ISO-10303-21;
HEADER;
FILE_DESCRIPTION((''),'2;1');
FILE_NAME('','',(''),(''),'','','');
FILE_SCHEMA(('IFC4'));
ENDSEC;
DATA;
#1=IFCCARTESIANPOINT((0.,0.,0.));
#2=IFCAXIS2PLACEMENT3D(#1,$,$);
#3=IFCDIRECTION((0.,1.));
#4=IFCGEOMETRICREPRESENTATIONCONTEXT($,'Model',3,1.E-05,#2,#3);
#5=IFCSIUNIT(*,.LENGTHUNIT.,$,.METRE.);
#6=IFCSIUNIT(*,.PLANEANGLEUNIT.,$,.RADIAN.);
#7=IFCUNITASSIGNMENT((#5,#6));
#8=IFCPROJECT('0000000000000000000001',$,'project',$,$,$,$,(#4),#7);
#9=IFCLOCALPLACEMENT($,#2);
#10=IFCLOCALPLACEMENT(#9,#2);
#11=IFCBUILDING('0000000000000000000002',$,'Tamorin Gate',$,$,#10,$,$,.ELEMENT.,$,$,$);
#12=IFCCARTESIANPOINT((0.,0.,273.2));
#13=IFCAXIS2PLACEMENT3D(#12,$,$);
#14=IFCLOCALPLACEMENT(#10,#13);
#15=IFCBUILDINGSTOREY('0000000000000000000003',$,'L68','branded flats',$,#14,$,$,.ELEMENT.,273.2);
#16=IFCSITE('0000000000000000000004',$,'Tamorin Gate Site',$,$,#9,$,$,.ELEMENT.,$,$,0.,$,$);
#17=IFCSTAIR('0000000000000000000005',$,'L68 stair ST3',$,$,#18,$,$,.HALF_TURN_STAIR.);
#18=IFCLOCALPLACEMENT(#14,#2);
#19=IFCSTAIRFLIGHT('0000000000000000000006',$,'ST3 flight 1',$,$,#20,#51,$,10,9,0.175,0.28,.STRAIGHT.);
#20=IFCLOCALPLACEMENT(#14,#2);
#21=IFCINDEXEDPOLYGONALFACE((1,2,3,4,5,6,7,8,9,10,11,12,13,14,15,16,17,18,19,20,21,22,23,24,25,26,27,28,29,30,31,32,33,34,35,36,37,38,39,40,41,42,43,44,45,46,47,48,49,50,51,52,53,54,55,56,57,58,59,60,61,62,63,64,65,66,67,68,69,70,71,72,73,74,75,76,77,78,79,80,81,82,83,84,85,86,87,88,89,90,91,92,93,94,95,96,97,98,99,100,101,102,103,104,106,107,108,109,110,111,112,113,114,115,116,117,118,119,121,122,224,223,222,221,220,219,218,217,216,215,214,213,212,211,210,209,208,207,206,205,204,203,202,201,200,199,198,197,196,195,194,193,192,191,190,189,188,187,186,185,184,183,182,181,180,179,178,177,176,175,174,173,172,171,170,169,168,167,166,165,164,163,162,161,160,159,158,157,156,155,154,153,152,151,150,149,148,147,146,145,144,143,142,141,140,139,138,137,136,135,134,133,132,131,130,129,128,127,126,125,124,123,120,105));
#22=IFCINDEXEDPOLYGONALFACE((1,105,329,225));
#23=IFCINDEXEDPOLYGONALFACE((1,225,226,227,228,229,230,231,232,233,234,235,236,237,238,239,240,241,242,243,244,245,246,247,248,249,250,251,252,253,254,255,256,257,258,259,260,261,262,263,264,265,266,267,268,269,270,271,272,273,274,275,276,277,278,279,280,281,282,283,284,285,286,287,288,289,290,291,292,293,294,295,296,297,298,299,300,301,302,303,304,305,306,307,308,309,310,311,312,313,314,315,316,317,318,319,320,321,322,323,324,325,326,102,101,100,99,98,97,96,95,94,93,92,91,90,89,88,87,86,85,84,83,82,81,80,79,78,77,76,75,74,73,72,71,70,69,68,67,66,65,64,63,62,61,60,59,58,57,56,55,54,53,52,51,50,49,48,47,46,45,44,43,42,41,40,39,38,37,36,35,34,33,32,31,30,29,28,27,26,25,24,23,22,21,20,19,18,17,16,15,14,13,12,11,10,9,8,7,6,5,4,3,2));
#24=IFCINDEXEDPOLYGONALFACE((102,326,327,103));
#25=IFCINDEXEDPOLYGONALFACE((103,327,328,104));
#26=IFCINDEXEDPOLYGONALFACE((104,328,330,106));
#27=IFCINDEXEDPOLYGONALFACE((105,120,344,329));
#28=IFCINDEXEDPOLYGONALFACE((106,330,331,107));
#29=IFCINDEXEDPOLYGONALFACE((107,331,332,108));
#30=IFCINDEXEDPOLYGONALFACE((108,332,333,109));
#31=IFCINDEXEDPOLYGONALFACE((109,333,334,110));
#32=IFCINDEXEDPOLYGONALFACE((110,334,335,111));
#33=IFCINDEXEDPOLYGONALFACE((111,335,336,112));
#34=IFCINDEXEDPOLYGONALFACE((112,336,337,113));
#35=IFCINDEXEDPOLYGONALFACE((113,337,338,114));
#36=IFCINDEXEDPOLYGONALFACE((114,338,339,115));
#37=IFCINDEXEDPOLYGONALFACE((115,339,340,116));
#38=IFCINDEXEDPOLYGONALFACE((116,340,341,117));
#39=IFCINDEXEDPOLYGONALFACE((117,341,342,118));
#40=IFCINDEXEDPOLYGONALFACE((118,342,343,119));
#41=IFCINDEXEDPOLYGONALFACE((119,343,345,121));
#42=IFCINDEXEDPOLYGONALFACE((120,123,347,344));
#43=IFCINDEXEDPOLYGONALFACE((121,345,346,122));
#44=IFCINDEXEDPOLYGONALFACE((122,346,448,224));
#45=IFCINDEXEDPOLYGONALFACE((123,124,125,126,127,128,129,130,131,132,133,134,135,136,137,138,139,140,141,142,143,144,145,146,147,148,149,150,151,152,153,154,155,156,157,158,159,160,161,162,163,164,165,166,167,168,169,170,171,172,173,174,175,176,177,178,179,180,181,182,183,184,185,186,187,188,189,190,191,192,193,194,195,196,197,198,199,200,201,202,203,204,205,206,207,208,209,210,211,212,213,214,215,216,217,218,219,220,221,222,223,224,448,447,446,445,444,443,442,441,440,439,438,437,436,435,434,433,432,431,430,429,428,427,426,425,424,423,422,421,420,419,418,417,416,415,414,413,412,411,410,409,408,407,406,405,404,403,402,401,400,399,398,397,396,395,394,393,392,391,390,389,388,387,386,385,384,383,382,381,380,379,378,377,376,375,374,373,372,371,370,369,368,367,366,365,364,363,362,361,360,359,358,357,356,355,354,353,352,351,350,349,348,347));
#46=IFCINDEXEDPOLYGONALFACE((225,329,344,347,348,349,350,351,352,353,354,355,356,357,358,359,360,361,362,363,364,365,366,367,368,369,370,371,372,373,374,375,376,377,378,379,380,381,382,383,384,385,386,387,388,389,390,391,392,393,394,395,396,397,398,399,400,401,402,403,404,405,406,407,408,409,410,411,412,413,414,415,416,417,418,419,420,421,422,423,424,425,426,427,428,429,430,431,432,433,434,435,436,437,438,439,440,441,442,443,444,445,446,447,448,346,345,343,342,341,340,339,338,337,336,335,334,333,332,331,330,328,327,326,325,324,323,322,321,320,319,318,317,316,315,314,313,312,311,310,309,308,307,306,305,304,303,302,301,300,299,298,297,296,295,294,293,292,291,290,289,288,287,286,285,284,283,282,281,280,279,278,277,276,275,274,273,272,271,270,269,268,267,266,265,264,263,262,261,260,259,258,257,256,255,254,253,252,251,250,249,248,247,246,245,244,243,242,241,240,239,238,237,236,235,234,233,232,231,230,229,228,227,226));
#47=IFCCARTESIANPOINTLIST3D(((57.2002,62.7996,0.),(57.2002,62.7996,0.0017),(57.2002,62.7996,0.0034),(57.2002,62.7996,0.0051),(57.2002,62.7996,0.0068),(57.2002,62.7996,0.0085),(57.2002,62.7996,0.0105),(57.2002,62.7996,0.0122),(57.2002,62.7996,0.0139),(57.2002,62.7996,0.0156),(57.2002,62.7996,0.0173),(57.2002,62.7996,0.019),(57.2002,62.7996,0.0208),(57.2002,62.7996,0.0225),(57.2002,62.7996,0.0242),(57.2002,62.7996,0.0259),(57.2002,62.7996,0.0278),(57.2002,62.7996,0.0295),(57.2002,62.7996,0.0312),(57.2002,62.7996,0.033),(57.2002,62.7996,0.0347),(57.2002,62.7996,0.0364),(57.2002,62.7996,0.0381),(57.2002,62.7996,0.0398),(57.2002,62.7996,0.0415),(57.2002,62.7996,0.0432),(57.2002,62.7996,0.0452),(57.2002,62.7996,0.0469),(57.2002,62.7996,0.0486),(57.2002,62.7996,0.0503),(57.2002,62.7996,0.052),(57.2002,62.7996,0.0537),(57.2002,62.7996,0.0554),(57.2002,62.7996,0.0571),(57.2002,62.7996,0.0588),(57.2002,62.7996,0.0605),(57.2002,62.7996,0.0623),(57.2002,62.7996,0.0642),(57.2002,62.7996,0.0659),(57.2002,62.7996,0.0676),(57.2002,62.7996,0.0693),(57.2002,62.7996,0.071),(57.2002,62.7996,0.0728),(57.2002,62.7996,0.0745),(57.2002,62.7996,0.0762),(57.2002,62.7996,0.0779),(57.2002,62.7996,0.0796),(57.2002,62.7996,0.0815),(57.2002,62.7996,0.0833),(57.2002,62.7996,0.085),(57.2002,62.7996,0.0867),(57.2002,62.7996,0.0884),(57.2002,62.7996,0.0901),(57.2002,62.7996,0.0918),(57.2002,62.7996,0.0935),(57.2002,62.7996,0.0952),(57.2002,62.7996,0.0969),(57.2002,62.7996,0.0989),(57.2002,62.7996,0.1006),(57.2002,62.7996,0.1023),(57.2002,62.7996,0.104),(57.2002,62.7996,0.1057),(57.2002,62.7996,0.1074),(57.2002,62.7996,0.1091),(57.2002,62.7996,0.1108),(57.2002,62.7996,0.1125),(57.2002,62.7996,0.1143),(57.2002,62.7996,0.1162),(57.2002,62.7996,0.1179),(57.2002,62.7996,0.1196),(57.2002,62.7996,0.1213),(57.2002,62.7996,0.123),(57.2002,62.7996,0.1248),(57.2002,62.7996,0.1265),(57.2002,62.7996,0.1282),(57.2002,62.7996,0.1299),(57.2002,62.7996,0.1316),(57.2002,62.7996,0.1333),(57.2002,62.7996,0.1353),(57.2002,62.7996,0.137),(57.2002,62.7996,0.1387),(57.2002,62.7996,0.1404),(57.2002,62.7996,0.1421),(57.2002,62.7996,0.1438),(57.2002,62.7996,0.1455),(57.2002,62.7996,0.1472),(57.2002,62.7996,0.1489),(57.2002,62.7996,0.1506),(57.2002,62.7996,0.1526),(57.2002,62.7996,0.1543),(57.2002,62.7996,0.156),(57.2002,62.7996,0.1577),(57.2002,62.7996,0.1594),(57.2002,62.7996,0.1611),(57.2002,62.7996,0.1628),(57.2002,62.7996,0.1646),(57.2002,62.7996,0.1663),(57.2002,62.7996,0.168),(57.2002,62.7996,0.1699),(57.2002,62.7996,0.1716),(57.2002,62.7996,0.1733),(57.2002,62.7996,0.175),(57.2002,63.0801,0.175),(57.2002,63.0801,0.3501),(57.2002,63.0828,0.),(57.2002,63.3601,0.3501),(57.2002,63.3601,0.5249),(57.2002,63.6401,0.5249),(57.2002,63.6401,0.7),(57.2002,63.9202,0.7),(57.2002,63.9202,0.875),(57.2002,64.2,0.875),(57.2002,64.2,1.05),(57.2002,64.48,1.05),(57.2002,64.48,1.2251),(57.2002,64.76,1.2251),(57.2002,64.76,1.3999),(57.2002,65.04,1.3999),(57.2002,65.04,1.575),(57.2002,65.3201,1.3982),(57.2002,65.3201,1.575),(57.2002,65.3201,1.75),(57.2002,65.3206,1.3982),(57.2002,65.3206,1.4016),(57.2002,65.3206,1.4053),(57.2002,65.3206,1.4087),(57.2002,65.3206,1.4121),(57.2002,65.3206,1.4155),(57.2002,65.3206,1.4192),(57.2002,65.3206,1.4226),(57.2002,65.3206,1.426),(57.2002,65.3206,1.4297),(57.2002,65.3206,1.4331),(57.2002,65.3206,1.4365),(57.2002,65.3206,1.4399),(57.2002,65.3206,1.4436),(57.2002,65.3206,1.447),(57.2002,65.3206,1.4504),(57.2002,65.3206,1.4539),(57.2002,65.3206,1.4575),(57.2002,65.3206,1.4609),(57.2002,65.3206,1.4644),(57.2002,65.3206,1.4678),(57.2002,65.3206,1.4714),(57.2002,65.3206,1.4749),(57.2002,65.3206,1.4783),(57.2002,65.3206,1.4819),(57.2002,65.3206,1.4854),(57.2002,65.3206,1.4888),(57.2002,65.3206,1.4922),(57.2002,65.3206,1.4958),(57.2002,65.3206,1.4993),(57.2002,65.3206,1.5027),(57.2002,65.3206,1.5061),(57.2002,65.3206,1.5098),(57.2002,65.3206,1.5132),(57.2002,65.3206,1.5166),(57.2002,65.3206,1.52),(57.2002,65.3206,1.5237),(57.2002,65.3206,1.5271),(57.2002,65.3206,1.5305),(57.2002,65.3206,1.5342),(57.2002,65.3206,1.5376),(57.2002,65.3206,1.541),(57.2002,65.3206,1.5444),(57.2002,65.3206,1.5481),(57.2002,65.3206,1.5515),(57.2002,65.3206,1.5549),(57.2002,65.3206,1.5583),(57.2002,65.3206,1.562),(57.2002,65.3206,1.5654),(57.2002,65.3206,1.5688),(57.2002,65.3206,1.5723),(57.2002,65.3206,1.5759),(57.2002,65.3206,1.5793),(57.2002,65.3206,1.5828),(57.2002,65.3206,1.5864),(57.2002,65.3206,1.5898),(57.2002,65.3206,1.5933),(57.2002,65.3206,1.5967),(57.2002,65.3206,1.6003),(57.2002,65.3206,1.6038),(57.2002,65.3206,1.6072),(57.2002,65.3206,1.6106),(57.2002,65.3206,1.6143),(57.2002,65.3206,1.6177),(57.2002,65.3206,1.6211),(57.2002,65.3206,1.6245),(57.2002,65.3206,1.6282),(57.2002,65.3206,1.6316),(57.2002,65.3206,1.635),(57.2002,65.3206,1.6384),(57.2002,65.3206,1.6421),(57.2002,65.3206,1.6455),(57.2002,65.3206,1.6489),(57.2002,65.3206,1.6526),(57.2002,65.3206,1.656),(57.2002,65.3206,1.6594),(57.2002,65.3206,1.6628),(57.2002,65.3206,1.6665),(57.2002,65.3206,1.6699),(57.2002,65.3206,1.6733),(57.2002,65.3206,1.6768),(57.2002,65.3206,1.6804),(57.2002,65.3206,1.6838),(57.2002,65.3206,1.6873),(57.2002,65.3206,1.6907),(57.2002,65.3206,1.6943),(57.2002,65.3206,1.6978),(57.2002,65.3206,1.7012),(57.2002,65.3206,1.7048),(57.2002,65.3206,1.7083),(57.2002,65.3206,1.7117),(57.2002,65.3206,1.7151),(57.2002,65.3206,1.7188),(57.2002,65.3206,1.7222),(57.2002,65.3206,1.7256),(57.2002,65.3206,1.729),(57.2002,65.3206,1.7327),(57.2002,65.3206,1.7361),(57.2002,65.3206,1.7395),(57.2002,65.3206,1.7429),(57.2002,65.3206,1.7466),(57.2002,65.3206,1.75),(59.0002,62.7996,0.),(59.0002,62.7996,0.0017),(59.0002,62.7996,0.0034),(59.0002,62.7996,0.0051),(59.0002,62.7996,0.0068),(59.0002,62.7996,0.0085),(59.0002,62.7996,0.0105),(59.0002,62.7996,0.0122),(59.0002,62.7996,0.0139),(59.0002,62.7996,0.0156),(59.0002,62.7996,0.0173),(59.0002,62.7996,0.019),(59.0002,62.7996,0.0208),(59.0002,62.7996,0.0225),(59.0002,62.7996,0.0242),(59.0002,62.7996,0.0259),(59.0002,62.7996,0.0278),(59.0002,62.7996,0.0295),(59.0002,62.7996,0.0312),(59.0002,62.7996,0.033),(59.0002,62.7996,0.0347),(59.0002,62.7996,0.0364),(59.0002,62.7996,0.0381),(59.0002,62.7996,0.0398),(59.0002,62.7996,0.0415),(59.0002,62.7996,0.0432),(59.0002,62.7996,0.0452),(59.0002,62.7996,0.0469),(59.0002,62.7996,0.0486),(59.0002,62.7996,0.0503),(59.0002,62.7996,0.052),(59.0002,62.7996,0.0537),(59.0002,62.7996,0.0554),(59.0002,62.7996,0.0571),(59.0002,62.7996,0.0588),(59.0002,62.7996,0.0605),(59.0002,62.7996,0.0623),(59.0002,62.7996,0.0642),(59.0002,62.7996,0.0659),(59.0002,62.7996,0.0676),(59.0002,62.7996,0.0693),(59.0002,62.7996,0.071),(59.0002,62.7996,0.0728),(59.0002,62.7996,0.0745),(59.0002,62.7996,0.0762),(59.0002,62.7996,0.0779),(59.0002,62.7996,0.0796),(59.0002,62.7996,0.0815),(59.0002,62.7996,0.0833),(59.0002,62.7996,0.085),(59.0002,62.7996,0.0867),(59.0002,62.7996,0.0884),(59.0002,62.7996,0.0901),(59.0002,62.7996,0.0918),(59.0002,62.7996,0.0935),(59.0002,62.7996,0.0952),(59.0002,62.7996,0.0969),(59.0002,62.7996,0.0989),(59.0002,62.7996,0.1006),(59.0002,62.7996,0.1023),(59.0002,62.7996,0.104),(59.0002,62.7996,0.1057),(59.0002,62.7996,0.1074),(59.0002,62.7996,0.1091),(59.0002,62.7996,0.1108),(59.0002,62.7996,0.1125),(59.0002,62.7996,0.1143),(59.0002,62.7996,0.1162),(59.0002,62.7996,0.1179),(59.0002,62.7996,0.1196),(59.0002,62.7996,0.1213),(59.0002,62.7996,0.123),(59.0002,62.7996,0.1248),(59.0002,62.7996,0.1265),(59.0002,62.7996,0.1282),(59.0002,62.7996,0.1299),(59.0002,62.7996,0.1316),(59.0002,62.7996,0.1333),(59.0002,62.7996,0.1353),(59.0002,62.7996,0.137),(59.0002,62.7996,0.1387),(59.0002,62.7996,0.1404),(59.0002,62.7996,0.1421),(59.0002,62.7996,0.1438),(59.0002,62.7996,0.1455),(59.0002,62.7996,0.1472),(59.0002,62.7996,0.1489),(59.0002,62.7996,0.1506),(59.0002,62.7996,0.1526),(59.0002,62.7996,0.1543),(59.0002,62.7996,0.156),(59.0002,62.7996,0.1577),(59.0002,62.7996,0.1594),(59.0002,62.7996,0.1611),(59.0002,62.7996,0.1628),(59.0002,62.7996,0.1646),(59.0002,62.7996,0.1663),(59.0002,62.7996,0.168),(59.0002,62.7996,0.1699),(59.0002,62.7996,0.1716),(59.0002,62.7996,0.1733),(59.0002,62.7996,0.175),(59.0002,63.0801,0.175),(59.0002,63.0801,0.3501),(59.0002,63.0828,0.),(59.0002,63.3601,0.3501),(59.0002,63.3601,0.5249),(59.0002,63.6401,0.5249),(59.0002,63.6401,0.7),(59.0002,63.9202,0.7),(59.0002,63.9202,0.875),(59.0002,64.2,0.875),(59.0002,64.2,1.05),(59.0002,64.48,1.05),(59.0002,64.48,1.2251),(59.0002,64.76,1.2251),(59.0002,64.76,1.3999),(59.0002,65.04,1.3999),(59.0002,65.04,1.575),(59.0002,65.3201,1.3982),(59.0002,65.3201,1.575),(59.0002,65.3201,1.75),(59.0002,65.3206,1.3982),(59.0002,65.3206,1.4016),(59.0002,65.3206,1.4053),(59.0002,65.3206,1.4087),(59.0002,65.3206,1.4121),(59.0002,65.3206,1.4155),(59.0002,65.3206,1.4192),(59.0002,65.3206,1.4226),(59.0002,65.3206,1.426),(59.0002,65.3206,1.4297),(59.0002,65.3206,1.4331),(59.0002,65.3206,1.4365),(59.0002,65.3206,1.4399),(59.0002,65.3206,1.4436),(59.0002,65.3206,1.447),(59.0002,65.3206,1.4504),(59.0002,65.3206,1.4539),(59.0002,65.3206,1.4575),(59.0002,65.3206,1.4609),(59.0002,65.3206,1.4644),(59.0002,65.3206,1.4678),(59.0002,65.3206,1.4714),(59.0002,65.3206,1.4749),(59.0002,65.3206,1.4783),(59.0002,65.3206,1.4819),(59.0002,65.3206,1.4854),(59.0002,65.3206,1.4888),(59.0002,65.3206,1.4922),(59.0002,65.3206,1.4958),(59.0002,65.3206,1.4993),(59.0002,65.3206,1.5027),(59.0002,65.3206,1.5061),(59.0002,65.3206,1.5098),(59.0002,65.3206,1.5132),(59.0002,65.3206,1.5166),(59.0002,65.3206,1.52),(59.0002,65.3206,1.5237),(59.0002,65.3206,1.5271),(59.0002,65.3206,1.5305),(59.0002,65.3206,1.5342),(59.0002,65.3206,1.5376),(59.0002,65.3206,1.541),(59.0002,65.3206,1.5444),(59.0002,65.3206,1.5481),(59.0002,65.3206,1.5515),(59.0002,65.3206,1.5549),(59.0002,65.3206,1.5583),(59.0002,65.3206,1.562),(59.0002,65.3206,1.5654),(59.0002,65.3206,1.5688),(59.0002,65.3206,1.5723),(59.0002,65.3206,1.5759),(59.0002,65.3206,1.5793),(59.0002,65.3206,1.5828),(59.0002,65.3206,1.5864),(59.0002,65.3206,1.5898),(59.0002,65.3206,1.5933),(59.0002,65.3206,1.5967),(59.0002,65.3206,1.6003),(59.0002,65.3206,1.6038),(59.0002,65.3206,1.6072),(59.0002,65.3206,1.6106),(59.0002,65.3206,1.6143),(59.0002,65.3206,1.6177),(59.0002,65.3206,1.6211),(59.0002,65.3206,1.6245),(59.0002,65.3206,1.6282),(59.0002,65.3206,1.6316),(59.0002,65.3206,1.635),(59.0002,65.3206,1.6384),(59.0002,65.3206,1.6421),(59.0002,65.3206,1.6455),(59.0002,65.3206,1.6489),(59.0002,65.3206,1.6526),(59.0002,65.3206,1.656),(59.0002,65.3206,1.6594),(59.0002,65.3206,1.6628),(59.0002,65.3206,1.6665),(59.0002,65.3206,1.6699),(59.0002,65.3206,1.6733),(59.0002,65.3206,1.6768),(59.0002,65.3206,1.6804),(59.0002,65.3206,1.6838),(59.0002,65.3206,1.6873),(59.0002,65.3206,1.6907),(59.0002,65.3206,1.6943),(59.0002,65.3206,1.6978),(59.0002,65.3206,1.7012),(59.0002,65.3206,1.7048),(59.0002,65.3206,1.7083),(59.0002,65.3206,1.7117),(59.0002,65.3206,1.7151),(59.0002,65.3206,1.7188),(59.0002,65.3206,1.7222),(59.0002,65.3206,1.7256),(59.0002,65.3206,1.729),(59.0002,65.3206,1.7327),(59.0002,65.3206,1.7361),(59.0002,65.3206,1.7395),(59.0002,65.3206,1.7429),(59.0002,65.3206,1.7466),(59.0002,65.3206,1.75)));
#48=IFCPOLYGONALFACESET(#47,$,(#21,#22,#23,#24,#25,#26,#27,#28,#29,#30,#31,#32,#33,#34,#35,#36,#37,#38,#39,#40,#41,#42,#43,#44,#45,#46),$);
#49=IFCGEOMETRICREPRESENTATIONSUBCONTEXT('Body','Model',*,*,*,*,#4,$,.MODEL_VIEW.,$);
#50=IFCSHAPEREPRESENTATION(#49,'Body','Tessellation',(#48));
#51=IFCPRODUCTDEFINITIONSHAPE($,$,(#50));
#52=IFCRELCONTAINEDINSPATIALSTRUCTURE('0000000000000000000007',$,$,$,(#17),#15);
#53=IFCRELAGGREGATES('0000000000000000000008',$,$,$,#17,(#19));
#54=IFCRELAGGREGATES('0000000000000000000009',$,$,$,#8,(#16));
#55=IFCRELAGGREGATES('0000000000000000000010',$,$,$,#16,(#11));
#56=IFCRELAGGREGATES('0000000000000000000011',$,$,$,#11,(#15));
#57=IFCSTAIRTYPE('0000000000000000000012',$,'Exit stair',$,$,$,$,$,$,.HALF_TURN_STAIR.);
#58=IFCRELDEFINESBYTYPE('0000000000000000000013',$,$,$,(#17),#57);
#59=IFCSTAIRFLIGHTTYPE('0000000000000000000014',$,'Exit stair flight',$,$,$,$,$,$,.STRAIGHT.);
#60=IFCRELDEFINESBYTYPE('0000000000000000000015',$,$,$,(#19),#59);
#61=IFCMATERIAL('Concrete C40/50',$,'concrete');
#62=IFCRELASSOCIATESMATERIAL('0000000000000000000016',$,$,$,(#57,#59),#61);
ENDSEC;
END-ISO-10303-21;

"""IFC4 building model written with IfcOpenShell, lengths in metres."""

from ifc_helpers import new_model, si_unit, direction, frame, origin, place, context, subcontext, project, spatial, polyline, outline, extrude, material, type_object, element, aggregate, save


model = new_model("IFC4")

# Units and contexts
model_context = context("Model", 3, precision=1e-05, world=origin(), true_north=direction((0.0, 1.0)))
body_context = subcontext(model_context, "Body", "Model", "MODEL_VIEW")
ifc_project = project(units=[si_unit("LENGTHUNIT", "METRE"), si_unit("PLANEANGLEUNIT", "RADIAN")], contexts=[model_context])

# Site, building, storey
site_placement = place(None, origin())
site = spatial("IfcSite", under=ifc_project, at=site_placement, Name="Tamorin Gate Site", CompositionType="ELEMENT", RefElevation=0.0)
building_placement = place(site_placement, origin())
building = spatial("IfcBuilding", under=site, at=building_placement, Name="Tamorin Gate", CompositionType="ELEMENT")
storey_placement = place(building_placement, frame((0.0, 0.0, 273.2)))
storey = spatial("IfcBuildingStorey", under=building, at=storey_placement, Name="L68", Description="branded flats", CompositionType="ELEMENT", Elevation=273.2)

# Stair, stair flight
ifc_material_1 = material(Name="Concrete C40/50", Category="concrete")
stair_type = type_object("IfcStairType", Name="Exit stair", PredefinedType="HALF_TURN_STAIR", material=ifc_material_1)
stair_placement = place(storey_placement, origin())
stair = element("IfcStair", 1, at=stair_placement, inside=storey, type_object=stair_type, Name="L68 stair ST3", PredefinedType="HALF_TURN_STAIR")
stair_flight_type = type_object("IfcStairFlightType", Name="Exit stair flight", PredefinedType="STRAIGHT", material=ifc_material_1)
stair_flight_placement = place(storey_placement, frame((58.1001, 62.8, 0.0), z_axis=(0.0, 0.0, 1.0), x_axis=(0.0, 1.0, 0.0)))
stair_flight = element("IfcStairFlight", 2, at=stair_flight_placement, type_object=stair_flight_type, Name="ST3 flight 1", NumberOfRisers=10, NumberOfTreads=9, PredefinedType="STRAIGHT", RiserHeight=0.175, TreadLength=0.28, context=body_context, shape_type="SweptSolid", body=[
    extrude(outline(polyline([(-0.0005, 0.0), (-0.0005, 0.0017), (-0.0005, 0.0034), (-0.0005, 0.0051), (-0.0005, 0.0068), (-0.0005, 0.0085), (-0.0005, 0.0105), (-0.0005, 0.0122), (-0.0005, 0.0139), (-0.0005, 0.0156), (-0.0005, 0.0173), (-0.0005, 0.019), (-0.0005, 0.0208), (-0.0005, 0.0225), (-0.0005, 0.0242), (-0.0005, 0.0259), (-0.0005, 0.0278), (-0.0005, 0.0295), (-0.0005, 0.0312), (-0.0005, 0.033), (-0.0005, 0.0347), (-0.0005, 0.0364), (-0.0005, 0.0381), (-0.0005, 0.0398), (-0.0005, 0.0415), (-0.0005, 0.0432), (-0.0005, 0.0452), (-0.0005, 0.0469), (-0.0005, 0.0486), (-0.0005, 0.0503), (-0.0005, 0.052), (-0.0005, 0.0537), (-0.0005, 0.0554), (-0.0005, 0.0571), (-0.0005, 0.0588), (-0.0005, 0.0605), (-0.0005, 0.0623), (-0.0005, 0.0642), (-0.0005, 0.0659), (-0.0005, 0.0676), (-0.0005, 0.0693), (-0.0005, 0.071), (-0.0005, 0.0728), (-0.0005, 0.0745), (-0.0005, 0.0762), (-0.0005, 0.0779), (-0.0005, 0.0796), (-0.0005, 0.0815), (-0.0005, 0.0833), (-0.0005, 0.085), (-0.0005, 0.0867), (-0.0005, 0.0884), (-0.0005, 0.0901), (-0.0005, 0.0918), (-0.0005, 0.0935), (-0.0005, 0.0952), (-0.0005, 0.0969), (-0.0005, 0.0989), (-0.0005, 0.1006), (-0.0005, 0.1023), (-0.0005, 0.104), (-0.0005, 0.1057), (-0.0005, 0.1074), (-0.0005, 0.1091), (-0.0005, 0.1108), (-0.0005, 0.1125), (-0.0005, 0.1143), (-0.0005, 0.1162), (-0.0005, 0.1179), (-0.0005, 0.1196), (-0.0005, 0.1213), (-0.0005, 0.123), (-0.0005, 0.1248), (-0.0005, 0.1265), (-0.0005, 0.1282), (-0.0005, 0.1299), (-0.0005, 0.1316), (-0.0005, 0.1333), (-0.0005, 0.1353), (-0.0005, 0.137), (-0.0005, 0.1387), (-0.0005, 0.1404), (-0.0005, 0.1421), (-0.0005, 0.1438), (-0.0005, 0.1455), (-0.0005, 0.1472), (-0.0005, 0.1489), (-0.0005, 0.1506), (-0.0005, 0.1526), (-0.0005, 0.1543), (-0.0005, 0.156), (-0.0005, 0.1577), (-0.0005, 0.1594), (-0.0005, 0.1611), (-0.0005, 0.1628), (-0.0005, 0.1646), (-0.0005, 0.1663), (-0.0005, 0.168), (-0.0005, 0.1699), (-0.0005, 0.1716), (-0.0005, 0.1733), (-0.0005, 0.175), (0.28, 0.175), (0.28, 0.3501), (0.5601, 0.3501), (0.5601, 0.5249), (0.8401, 0.5249), (0.8401, 0.7), (1.1201, 0.7), (1.1201, 0.875), (1.3999, 0.875), (1.3999, 1.05), (1.6799, 1.05), (1.6799, 1.2251), (1.96, 1.2251), (1.96, 1.3999), (2.24, 1.3999), (2.24, 1.575), (2.52, 1.575), (2.52, 1.75), (2.5205, 1.75), (2.5205, 1.7466), (2.5205, 1.7429), (2.5205, 1.7395), (2.5205, 1.7361), (2.5205, 1.7327), (2.5205, 1.729), (2.5205, 1.7256), (2.5205, 1.7222), (2.5205, 1.7188), (2.5205, 1.7151), (2.5205, 1.7117), (2.5205, 1.7083), (2.5205, 1.7048), (2.5205, 1.7012), (2.5205, 1.6978), (2.5205, 1.6943), (2.5205, 1.6907), (2.5205, 1.6873), (2.5205, 1.6838), (2.5205, 1.6804), (2.5205, 1.6768), (2.5205, 1.6733), (2.5205, 1.6699), (2.5205, 1.6665), (2.5205, 1.6628), (2.5205, 1.6594), (2.5205, 1.656), (2.5205, 1.6526), (2.5205, 1.6489), (2.5205, 1.6455), (2.5205, 1.6421), (2.5205, 1.6384), (2.5205, 1.635), (2.5205, 1.6316), (2.5205, 1.6282), (2.5205, 1.6245), (2.5205, 1.6211), (2.5205, 1.6177), (2.5205, 1.6143), (2.5205, 1.6106), (2.5205, 1.6072), (2.5205, 1.6038), (2.5205, 1.6003), (2.5205, 1.5967), (2.5205, 1.5933), (2.5205, 1.5898), (2.5205, 1.5864), (2.5205, 1.5828), (2.5205, 1.5793), (2.5205, 1.5759), (2.5205, 1.5723), (2.5205, 1.5688), (2.5205, 1.5654), (2.5205, 1.562), (2.5205, 1.5583), (2.5205, 1.5549), (2.5205, 1.5515), (2.5205, 1.5481), (2.5205, 1.5444), (2.5205, 1.541), (2.5205, 1.5376), (2.5205, 1.5342), (2.5205, 1.5305), (2.5205, 1.5271), (2.5205, 1.5237), (2.5205, 1.52), (2.5205, 1.5166), (2.5205, 1.5132), (2.5205, 1.5098), (2.5205, 1.5061), (2.5205, 1.5027), (2.5205, 1.4993), (2.5205, 1.4958), (2.5205, 1.4922), (2.5205, 1.4888), (2.5205, 1.4854), (2.5205, 1.4819), (2.5205, 1.4783), (2.5205, 1.4749), (2.5205, 1.4714), (2.5205, 1.4678), (2.5205, 1.4644), (2.5205, 1.4609), (2.5205, 1.4575), (2.5205, 1.4539), (2.5205, 1.4504), (2.5205, 1.447), (2.5205, 1.4436), (2.5205, 1.4399), (2.5205, 1.4365), (2.5205, 1.4331), (2.5205, 1.4297), (2.5205, 1.426), (2.5205, 1.4226), (2.5205, 1.4192), (2.5205, 1.4155), (2.5205, 1.4121), (2.5205, 1.4087), (2.5205, 1.4053), (2.5205, 1.4016), (2.5205, 1.3982), (2.52, 1.3982), (0.2827, 0.0), (-0.0005, 0.0)])), frame((0.0, 0.8999, 0.0), z_axis=(0.0, -1.0, 0.0), x_axis=(1.0, 0.0, 0.0)), (0.0, 0.0, 1.0), 1.8),
])
aggregate(stair, [stair_flight])

save(model, "model.ifc")
